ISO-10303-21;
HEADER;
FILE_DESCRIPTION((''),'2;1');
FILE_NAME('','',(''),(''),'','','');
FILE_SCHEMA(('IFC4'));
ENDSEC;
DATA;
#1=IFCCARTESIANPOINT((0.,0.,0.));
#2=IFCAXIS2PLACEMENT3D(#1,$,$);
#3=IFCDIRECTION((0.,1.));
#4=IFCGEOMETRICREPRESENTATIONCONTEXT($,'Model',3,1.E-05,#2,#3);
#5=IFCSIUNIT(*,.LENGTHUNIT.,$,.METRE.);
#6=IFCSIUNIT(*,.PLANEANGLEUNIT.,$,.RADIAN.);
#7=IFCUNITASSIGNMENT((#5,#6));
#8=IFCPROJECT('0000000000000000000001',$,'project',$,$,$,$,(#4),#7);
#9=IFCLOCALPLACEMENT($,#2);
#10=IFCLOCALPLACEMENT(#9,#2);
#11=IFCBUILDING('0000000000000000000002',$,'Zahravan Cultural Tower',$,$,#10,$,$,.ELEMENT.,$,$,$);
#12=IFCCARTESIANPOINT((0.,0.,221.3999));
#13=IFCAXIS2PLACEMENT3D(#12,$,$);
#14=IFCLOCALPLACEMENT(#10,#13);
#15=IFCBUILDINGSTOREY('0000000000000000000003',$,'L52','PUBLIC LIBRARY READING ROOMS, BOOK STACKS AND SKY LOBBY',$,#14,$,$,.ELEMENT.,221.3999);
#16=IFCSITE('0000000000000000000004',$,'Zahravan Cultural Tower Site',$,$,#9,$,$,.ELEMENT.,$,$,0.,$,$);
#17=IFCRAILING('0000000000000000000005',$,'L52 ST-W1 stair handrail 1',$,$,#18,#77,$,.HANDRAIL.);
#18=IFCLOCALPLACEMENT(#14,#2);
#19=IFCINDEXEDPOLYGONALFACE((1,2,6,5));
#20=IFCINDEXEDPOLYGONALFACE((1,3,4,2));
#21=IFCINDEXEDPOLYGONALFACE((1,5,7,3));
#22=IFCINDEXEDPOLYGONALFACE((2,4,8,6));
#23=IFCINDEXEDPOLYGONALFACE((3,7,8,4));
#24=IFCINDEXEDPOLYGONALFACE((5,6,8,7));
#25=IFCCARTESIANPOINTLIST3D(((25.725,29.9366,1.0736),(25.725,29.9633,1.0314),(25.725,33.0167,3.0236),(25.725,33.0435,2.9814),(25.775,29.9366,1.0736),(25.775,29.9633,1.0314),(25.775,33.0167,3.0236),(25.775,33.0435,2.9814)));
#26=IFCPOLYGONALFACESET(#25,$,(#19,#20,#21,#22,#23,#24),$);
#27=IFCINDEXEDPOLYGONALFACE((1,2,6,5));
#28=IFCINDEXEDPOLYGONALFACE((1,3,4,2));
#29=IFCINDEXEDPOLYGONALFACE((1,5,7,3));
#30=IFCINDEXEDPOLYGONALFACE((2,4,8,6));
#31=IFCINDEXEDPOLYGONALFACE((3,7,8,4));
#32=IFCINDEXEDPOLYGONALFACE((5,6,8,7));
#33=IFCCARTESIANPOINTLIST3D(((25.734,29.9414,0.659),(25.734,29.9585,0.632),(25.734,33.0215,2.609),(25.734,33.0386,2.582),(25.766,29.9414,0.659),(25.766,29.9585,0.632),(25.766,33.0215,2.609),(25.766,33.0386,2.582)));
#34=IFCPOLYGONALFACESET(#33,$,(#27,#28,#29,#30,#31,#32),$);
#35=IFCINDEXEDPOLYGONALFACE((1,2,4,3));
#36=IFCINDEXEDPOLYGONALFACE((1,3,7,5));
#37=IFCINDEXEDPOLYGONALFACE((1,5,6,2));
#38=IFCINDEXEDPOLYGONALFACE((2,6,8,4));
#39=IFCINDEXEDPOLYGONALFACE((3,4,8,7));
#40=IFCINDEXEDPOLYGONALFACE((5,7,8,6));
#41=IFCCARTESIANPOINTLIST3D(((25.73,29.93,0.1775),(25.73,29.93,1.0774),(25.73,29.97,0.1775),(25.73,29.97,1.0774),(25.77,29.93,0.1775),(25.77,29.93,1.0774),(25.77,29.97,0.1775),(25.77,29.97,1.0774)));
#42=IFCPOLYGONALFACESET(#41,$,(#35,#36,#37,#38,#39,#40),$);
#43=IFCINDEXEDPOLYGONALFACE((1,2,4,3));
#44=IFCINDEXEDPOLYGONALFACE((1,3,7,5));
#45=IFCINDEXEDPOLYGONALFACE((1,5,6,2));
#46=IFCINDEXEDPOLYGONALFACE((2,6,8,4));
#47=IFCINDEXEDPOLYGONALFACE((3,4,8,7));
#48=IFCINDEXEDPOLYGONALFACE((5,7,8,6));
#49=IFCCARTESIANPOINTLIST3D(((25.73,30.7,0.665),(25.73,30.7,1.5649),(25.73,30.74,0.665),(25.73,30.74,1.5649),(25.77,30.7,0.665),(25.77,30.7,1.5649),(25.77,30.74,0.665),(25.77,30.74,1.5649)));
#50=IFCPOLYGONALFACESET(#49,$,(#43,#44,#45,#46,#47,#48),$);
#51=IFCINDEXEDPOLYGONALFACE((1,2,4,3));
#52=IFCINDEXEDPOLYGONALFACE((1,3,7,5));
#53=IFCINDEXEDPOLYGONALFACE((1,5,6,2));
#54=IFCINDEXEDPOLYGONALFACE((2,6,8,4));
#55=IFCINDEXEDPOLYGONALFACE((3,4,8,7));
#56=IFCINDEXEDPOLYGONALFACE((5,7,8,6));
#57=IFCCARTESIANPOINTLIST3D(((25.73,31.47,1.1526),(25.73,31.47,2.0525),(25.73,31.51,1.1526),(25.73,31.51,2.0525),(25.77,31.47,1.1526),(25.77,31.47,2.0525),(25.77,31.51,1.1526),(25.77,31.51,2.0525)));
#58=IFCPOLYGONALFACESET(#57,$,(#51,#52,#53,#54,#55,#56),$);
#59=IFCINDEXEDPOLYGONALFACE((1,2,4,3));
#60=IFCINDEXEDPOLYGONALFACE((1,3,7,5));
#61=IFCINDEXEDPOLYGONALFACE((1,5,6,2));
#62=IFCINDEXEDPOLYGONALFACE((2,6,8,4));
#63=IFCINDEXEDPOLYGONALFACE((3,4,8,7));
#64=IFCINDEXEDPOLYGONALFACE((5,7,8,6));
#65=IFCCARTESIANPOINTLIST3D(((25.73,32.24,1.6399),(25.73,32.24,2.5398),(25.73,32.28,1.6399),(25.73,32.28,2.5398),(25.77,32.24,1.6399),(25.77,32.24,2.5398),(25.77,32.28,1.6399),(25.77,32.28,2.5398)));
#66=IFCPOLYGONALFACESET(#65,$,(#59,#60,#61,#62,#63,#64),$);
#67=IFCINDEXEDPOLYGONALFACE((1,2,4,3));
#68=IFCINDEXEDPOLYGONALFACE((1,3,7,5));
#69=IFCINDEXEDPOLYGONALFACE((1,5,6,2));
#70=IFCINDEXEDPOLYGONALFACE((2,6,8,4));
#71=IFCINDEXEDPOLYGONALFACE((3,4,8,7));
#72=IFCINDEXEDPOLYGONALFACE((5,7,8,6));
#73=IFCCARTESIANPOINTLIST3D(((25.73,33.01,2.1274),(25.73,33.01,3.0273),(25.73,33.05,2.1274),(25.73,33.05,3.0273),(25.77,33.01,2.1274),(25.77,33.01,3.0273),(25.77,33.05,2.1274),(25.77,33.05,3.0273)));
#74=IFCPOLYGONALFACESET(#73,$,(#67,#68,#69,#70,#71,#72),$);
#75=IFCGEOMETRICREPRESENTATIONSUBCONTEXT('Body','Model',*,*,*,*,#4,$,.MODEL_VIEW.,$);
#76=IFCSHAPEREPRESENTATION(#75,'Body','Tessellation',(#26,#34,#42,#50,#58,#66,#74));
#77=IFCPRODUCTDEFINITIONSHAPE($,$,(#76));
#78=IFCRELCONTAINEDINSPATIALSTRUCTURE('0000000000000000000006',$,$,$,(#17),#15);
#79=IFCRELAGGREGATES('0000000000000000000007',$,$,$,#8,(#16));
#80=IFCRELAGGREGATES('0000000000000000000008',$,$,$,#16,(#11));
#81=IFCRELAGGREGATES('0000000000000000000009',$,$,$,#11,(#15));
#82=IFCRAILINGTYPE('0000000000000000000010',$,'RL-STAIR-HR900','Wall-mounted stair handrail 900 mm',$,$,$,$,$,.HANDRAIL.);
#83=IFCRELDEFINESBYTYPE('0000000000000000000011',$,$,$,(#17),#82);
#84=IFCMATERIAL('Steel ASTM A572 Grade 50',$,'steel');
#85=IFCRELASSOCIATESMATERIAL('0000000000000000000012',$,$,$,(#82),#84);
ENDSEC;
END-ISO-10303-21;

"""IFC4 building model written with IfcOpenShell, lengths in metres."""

from ifc_helpers import new_model, si_unit, direction, frame, origin, origin_2d, place, context, subcontext, project, spatial, rectangle, extrude, material, type_object, element, save


model = new_model("IFC4")

# Units and contexts
model_context = context("Model", 3, precision=1e-05, world=origin(), true_north=direction((0.0, 1.0)))
body_context = subcontext(model_context, "Body", "Model", "MODEL_VIEW")
ifc_project = project(units=[si_unit("LENGTHUNIT", "METRE"), si_unit("PLANEANGLEUNIT", "RADIAN")], contexts=[model_context])

# Site, building, storey
site_placement = place(None, origin())
site = spatial("IfcSite", under=ifc_project, at=site_placement, Name="Zahravan Cultural Tower Site", CompositionType="ELEMENT", RefElevation=0.0)
building_placement = place(site_placement, origin())
building = spatial("IfcBuilding", under=site, at=building_placement, Name="Zahravan Cultural Tower", CompositionType="ELEMENT")
storey_placement = place(building_placement, frame((0.0, 0.0, 221.3999)))
storey = spatial("IfcBuildingStorey", under=building, at=storey_placement, Name="L52", Description="PUBLIC LIBRARY READING ROOMS, BOOK STACKS AND SKY LOBBY", CompositionType="ELEMENT", Elevation=221.3999)

# Shared definitions
ifc_material_1 = material(Name="Steel ASTM A572 Grade 50", Category="steel")

# Railing
railing_type_1 = type_object("IfcRailingType", Name="RL-STAIR-HR900", Description="Wall-mounted stair handrail 900 mm", PredefinedType="HANDRAIL", material=ifc_material_1)
railing_1_placement = place(storey_placement, frame((25.75, 29.95, 0.1775)))
element("IfcRailing", 1, at=railing_1_placement, inside=storey, type_object=railing_type_1, Name="L52 ST-W1 stair handrail 1", PredefinedType="HANDRAIL", context=body_context, shape_type="SweptSolid", body=[
    extrude(rectangle(XDim=0.05, YDim=0.05, at=origin_2d()), frame((0.0, 0.0, 0.875), z_axis=(0.0, 0.844914, 0.534902), x_axis=(-1.0, 0.0, 0.0)), (0.0, 0.0, 1.0), 3.6455),
    extrude(rectangle(XDim=0.032, YDim=0.032, at=origin_2d()), frame((0.0, 0.0, 0.468), z_axis=(0.0, 0.844914, 0.534902), x_axis=(-1.0, 0.0, 0.0)), (0.0, 0.0, 1.0), 3.6455),
    extrude(rectangle(XDim=0.04, YDim=0.04, at=origin_2d()), origin(), (0.0, 0.0, 1.0), 0.8999),
    extrude(rectangle(XDim=0.04, YDim=0.04, at=origin_2d()), frame((0.0, 0.77, 0.4875)), (0.0, 0.0, 1.0), 0.8999),
    extrude(rectangle(XDim=0.04, YDim=0.04, at=origin_2d()), frame((0.0, 1.54, 0.9751)), (0.0, 0.0, 1.0), 0.8999),
    extrude(rectangle(XDim=0.04, YDim=0.04, at=origin_2d()), frame((0.0, 2.3101, 1.4624)), (0.0, 0.0, 1.0), 0.8999),
    extrude(rectangle(XDim=0.04, YDim=0.04, at=origin_2d()), frame((0.0, 3.0801, 1.95)), (0.0, 0.0, 1.0), 0.8999),
])

save(model, "model.ifc")
